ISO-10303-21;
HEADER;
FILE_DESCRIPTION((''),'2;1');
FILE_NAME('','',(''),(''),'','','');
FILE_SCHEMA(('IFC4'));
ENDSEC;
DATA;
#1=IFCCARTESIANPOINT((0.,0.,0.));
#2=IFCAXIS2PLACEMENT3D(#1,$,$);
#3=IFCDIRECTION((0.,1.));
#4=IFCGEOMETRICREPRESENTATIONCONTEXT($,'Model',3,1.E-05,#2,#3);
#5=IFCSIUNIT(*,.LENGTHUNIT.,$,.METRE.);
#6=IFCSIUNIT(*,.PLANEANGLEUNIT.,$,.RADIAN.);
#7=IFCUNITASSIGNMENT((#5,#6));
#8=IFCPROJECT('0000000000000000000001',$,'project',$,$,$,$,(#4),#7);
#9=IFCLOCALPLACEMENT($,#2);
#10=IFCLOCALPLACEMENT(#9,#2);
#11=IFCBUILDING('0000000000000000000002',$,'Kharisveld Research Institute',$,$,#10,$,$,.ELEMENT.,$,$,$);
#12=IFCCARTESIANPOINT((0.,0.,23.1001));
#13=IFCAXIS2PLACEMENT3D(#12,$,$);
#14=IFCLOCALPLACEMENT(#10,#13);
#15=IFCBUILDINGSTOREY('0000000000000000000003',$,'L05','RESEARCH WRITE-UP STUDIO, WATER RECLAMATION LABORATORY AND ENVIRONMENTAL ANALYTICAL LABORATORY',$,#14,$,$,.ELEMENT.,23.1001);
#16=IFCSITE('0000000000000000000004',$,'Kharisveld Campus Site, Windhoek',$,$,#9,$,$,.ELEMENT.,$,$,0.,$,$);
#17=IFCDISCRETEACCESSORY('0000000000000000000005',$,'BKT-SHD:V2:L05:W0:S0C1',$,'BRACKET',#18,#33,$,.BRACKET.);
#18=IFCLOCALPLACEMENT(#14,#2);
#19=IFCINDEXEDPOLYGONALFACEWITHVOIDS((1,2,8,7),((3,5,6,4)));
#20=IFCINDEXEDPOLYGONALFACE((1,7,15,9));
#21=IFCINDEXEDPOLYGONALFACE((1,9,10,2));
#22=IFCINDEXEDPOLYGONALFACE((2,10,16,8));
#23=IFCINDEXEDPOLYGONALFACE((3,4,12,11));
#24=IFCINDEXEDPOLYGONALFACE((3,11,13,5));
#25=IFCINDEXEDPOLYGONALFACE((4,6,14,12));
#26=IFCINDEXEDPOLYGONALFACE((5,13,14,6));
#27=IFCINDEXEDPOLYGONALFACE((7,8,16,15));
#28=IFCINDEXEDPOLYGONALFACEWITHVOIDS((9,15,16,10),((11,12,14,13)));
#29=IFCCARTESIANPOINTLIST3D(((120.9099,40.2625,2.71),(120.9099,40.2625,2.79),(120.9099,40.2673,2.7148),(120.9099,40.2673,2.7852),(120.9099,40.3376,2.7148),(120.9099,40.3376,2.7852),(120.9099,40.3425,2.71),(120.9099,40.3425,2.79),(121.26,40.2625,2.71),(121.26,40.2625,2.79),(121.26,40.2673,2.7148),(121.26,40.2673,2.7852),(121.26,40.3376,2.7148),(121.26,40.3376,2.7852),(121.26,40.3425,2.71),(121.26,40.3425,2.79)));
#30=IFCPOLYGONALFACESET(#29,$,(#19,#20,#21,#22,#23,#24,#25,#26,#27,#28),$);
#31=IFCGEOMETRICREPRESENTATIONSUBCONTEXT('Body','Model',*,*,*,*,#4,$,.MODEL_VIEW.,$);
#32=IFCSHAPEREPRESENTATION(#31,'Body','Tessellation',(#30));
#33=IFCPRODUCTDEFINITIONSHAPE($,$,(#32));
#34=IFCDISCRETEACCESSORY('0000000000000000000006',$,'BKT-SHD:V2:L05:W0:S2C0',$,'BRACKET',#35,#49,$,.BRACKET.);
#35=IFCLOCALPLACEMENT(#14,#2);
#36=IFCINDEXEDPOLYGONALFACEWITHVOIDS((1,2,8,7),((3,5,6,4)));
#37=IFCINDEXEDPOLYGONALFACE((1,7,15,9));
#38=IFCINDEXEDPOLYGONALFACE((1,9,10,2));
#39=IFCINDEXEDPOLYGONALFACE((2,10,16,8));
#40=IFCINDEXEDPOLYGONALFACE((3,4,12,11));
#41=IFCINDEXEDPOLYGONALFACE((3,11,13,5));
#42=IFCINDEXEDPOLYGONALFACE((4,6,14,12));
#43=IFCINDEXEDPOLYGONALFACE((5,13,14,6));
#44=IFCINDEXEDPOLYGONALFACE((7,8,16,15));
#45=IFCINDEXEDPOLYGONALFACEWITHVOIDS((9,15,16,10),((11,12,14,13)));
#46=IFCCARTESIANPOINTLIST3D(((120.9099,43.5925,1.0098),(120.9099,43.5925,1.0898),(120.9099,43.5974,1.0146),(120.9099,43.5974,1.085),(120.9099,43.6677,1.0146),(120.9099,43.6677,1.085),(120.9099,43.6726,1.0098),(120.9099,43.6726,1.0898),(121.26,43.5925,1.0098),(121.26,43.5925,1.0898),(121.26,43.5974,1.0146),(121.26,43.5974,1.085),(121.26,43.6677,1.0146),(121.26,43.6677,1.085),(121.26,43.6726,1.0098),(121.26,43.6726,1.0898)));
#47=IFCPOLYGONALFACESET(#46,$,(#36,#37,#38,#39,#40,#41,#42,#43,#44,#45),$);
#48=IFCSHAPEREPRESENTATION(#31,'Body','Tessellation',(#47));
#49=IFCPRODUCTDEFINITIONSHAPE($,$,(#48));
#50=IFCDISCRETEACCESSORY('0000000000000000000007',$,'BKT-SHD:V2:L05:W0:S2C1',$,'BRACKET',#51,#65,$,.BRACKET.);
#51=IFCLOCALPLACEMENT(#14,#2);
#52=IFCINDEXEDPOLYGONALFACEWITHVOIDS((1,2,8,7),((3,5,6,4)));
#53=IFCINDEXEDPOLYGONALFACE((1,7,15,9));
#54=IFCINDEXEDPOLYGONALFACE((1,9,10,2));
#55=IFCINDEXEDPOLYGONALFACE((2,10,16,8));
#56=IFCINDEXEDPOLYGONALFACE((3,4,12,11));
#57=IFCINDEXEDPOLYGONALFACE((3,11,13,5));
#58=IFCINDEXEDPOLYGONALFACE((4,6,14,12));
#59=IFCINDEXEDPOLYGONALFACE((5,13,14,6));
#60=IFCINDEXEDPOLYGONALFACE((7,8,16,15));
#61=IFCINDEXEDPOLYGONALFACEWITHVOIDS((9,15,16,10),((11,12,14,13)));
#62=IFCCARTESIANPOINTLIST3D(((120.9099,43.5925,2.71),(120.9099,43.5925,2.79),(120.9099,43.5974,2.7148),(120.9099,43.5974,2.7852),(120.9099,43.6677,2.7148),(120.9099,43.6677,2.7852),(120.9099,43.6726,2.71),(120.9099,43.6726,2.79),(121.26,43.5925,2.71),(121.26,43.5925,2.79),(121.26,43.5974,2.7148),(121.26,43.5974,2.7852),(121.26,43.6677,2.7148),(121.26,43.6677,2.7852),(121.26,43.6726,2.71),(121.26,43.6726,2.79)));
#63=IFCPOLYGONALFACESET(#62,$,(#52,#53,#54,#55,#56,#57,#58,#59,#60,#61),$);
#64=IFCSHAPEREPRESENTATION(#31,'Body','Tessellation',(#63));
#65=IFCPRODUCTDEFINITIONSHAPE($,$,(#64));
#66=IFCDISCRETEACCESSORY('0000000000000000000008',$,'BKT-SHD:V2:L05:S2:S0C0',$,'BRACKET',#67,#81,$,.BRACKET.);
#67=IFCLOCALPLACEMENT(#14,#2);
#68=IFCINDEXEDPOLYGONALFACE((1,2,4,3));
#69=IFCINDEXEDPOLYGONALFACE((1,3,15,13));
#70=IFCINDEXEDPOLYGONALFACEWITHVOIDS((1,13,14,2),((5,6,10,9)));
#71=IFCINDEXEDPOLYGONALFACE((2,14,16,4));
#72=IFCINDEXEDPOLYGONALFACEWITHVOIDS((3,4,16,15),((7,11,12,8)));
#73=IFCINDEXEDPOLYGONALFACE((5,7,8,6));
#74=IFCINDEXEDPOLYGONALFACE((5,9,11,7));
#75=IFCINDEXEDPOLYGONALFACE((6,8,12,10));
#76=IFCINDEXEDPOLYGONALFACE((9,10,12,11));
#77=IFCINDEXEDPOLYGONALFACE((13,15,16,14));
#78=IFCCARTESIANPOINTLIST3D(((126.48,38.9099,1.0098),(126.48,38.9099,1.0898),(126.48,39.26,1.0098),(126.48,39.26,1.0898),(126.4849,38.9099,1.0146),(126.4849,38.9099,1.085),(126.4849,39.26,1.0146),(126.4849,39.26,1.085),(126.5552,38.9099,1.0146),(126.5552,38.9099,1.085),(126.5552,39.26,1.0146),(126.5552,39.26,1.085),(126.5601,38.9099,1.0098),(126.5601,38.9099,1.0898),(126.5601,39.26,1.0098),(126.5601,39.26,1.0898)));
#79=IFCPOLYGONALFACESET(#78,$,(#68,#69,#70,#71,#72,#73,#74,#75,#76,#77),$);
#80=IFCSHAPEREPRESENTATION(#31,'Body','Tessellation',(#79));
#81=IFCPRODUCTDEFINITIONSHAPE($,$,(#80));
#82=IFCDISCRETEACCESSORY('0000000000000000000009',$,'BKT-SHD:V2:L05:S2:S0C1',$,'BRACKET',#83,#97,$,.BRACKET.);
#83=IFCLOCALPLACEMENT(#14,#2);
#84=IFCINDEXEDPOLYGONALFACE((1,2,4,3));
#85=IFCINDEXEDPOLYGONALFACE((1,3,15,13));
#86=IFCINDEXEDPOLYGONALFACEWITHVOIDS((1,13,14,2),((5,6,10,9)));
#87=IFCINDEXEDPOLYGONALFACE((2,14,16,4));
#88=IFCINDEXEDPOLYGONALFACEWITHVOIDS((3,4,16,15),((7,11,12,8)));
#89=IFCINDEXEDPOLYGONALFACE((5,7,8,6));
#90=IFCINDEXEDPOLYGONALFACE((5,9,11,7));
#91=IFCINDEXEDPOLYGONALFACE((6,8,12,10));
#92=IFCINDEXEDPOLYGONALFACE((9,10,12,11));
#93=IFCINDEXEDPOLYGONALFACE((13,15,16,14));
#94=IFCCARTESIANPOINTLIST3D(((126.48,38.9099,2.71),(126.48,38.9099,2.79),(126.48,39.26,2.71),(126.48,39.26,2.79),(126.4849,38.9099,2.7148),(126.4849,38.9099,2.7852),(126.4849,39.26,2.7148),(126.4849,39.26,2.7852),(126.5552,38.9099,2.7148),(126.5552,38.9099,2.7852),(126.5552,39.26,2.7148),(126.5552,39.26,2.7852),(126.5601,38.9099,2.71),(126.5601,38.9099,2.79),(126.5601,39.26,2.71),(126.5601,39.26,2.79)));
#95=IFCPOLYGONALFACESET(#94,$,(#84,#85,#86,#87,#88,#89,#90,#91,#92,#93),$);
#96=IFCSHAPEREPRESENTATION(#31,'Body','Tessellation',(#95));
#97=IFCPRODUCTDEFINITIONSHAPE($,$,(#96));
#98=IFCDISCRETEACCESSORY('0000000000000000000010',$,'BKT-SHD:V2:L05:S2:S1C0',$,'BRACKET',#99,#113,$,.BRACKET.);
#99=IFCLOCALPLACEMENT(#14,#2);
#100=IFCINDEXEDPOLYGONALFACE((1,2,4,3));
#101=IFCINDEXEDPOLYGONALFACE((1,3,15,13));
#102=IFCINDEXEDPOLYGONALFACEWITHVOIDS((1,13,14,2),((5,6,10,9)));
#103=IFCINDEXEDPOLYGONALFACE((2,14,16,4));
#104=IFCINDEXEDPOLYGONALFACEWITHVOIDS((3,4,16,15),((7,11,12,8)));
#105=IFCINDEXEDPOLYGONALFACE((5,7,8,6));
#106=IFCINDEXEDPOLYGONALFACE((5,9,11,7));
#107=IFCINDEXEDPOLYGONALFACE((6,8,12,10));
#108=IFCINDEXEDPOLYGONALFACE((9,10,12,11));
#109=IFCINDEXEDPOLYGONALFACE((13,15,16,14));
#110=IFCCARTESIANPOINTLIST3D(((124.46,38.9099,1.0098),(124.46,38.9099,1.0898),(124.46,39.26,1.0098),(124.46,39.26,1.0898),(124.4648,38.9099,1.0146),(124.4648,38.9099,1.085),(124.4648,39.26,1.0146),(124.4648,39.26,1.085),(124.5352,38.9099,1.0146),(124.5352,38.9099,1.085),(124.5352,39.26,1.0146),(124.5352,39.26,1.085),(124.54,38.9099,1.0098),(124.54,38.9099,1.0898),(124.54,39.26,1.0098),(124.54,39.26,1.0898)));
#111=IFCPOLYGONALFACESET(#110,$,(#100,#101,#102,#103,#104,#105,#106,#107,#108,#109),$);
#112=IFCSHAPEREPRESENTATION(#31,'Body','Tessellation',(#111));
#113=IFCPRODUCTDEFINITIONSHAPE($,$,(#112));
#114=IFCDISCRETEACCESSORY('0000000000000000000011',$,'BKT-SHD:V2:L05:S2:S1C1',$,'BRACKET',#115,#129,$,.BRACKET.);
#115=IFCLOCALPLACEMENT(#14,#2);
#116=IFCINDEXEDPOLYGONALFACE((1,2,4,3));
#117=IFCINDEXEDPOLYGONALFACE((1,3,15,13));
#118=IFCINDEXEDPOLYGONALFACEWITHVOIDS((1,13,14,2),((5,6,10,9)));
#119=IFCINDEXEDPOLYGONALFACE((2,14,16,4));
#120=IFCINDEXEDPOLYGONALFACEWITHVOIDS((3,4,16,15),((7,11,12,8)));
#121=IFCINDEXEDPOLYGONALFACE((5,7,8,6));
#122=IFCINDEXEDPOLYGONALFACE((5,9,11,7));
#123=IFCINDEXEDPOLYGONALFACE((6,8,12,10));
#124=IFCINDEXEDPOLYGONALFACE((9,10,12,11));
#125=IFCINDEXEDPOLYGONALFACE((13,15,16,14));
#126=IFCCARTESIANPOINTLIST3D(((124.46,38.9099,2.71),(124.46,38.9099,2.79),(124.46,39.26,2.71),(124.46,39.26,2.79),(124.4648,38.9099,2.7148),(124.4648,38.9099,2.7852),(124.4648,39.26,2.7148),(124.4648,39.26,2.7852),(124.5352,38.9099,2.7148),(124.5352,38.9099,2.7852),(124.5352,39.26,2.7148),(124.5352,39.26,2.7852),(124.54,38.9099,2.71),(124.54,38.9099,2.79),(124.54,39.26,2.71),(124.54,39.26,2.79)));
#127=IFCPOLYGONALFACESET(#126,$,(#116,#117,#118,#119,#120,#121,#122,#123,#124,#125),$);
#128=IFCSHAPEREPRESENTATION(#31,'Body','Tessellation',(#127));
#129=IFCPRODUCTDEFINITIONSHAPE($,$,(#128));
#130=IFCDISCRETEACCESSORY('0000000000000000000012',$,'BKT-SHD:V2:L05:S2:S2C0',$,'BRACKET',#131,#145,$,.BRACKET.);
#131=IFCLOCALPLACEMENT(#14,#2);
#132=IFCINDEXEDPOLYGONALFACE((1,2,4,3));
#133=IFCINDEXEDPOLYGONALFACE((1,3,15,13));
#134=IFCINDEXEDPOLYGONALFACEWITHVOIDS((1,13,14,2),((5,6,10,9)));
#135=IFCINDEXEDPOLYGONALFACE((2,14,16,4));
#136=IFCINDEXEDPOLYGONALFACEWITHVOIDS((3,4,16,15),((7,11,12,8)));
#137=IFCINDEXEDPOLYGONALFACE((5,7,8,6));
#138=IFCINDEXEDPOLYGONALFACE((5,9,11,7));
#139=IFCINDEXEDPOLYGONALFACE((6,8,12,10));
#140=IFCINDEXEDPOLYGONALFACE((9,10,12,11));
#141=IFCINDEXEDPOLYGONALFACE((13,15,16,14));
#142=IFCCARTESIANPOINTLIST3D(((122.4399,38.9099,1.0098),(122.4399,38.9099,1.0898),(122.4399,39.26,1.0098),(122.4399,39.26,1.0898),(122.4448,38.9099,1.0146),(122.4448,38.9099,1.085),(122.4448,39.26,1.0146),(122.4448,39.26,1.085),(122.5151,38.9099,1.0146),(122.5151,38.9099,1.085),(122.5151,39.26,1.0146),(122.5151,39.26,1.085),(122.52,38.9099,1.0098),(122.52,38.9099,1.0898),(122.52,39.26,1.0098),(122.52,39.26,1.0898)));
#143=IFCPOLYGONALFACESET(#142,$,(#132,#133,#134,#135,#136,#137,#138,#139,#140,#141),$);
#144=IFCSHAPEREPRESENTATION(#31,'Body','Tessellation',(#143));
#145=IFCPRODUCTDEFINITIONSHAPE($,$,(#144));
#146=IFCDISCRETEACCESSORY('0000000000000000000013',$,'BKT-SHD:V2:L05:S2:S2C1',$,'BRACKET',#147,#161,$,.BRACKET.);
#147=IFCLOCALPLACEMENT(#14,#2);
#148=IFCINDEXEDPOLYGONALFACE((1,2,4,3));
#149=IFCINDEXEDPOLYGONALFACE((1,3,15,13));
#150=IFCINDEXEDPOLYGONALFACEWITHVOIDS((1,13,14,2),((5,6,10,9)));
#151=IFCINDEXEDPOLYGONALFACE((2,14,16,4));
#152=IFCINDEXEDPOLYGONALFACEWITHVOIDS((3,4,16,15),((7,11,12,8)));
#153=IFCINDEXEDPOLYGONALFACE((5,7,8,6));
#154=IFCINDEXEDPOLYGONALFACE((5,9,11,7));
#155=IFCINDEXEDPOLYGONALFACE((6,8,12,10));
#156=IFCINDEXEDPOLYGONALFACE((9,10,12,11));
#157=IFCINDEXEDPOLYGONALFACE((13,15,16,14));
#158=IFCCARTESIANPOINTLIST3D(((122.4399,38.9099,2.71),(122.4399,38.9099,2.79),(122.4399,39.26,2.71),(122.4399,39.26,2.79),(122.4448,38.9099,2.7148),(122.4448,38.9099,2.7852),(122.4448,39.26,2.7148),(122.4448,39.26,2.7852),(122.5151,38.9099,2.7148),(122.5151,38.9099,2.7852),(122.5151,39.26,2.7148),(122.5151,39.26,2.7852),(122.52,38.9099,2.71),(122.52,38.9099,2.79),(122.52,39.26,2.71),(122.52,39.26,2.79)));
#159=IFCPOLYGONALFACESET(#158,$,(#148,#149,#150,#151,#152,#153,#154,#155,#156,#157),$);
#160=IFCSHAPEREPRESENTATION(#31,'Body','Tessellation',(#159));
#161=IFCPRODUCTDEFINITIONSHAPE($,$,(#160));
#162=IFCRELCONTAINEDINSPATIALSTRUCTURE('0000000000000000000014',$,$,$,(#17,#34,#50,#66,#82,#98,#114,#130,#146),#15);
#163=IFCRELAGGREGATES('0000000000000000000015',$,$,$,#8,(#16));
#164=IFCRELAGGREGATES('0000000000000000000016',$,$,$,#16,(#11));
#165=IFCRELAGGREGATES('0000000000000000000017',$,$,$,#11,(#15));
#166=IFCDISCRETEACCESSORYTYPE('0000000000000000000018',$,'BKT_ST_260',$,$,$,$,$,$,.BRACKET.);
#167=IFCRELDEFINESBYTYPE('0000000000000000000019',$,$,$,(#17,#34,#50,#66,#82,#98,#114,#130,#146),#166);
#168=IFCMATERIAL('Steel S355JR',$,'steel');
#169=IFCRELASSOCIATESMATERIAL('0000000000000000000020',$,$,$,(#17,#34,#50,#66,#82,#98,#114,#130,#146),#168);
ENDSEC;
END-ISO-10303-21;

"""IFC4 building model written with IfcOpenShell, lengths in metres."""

from ifc_helpers import new_model, si_unit, direction, frame, origin, origin_2d, place, context, subcontext, project, spatial, hollow_rectangle, extrude, material, type_object, element, save


model = new_model("IFC4")

# Units and contexts
model_context = context("Model", 3, precision=1e-05, world=origin(), true_north=direction((0.0, 1.0)))
body_context = subcontext(model_context, "Body", "Model", "MODEL_VIEW")
ifc_project = project(units=[si_unit("LENGTHUNIT", "METRE"), si_unit("PLANEANGLEUNIT", "RADIAN")], contexts=[model_context])

# Site, building, storey
site_placement = place(None, origin())
site = spatial("IfcSite", under=ifc_project, at=site_placement, Name="Kharisveld Campus Site, Windhoek", CompositionType="ELEMENT", RefElevation=0.0)
building_placement = place(site_placement, origin())
building = spatial("IfcBuilding", under=site, at=building_placement, Name="Kharisveld Research Institute", CompositionType="ELEMENT")
storey_placement = place(building_placement, frame((0.0, 0.0, 23.1001)))
storey = spatial("IfcBuildingStorey", under=building, at=storey_placement, Name="L05", Description="RESEARCH WRITE-UP STUDIO, WATER RECLAMATION LABORATORY AND ENVIRONMENTAL ANALYTICAL LABORATORY", CompositionType="ELEMENT", Elevation=23.1001)

# Discrete accessories
ifc_material_1 = material(Name="Steel S355JR", Category="steel")
discrete_accessory_type = type_object("IfcDiscreteAccessoryType", Name="BKT_ST_260", PredefinedType="BRACKET")
for number, where, z_axis, x_axis, name in (
    (1, (121.26, 40.3025, 2.75), (-1.0, 0.0, 0.0), (0.0, -1.0, 0.0), "BKT-SHD:V2:L05:W0:S0C1"),
    (2, (121.26, 43.6326, 1.0498), (-1.0, 0.0, 0.0), (0.0, -1.0, 0.0), "BKT-SHD:V2:L05:W0:S2C0"),
    (3, (121.26, 43.6326, 2.75), (-1.0, 0.0, 0.0), (0.0, -1.0, 0.0), "BKT-SHD:V2:L05:W0:S2C1"),
    (4, (126.52, 39.26, 1.0498), (0.0, -1.0, 0.0), (1.0, 0.0, 0.0), "BKT-SHD:V2:L05:S2:S0C0"),
    (5, (126.52, 39.26, 2.75), (0.0, -1.0, 0.0), (1.0, 0.0, 0.0), "BKT-SHD:V2:L05:S2:S0C1"),
    (6, (124.5, 39.26, 1.0498), (0.0, -1.0, 0.0), (1.0, 0.0, 0.0), "BKT-SHD:V2:L05:S2:S1C0"),
    (7, (124.5, 39.26, 2.75), (0.0, -1.0, 0.0), (1.0, 0.0, 0.0), "BKT-SHD:V2:L05:S2:S1C1"),
    (8, (122.48, 39.26, 1.0498), (0.0, -1.0, 0.0), (1.0, 0.0, 0.0), "BKT-SHD:V2:L05:S2:S2C0"),
    (9, (122.48, 39.26, 2.75), (0.0, -1.0, 0.0), (1.0, 0.0, 0.0), "BKT-SHD:V2:L05:S2:S2C1"),
):
    element("IfcDiscreteAccessory", number, at=place(storey_placement, frame(where, z_axis=z_axis, x_axis=x_axis)), inside=storey, type_object=discrete_accessory_type, material=ifc_material_1, Name=name, ObjectType="BRACKET", PredefinedType="BRACKET", context=body_context, shape_type="SweptSolid", body=[
        extrude(hollow_rectangle(XDim=0.0801, YDim=0.0801, WallThickness=0.0049, at=origin_2d()), origin(), (0.0, 0.0, 1.0), 0.3501),
    ])

save(model, "model.ifc")
